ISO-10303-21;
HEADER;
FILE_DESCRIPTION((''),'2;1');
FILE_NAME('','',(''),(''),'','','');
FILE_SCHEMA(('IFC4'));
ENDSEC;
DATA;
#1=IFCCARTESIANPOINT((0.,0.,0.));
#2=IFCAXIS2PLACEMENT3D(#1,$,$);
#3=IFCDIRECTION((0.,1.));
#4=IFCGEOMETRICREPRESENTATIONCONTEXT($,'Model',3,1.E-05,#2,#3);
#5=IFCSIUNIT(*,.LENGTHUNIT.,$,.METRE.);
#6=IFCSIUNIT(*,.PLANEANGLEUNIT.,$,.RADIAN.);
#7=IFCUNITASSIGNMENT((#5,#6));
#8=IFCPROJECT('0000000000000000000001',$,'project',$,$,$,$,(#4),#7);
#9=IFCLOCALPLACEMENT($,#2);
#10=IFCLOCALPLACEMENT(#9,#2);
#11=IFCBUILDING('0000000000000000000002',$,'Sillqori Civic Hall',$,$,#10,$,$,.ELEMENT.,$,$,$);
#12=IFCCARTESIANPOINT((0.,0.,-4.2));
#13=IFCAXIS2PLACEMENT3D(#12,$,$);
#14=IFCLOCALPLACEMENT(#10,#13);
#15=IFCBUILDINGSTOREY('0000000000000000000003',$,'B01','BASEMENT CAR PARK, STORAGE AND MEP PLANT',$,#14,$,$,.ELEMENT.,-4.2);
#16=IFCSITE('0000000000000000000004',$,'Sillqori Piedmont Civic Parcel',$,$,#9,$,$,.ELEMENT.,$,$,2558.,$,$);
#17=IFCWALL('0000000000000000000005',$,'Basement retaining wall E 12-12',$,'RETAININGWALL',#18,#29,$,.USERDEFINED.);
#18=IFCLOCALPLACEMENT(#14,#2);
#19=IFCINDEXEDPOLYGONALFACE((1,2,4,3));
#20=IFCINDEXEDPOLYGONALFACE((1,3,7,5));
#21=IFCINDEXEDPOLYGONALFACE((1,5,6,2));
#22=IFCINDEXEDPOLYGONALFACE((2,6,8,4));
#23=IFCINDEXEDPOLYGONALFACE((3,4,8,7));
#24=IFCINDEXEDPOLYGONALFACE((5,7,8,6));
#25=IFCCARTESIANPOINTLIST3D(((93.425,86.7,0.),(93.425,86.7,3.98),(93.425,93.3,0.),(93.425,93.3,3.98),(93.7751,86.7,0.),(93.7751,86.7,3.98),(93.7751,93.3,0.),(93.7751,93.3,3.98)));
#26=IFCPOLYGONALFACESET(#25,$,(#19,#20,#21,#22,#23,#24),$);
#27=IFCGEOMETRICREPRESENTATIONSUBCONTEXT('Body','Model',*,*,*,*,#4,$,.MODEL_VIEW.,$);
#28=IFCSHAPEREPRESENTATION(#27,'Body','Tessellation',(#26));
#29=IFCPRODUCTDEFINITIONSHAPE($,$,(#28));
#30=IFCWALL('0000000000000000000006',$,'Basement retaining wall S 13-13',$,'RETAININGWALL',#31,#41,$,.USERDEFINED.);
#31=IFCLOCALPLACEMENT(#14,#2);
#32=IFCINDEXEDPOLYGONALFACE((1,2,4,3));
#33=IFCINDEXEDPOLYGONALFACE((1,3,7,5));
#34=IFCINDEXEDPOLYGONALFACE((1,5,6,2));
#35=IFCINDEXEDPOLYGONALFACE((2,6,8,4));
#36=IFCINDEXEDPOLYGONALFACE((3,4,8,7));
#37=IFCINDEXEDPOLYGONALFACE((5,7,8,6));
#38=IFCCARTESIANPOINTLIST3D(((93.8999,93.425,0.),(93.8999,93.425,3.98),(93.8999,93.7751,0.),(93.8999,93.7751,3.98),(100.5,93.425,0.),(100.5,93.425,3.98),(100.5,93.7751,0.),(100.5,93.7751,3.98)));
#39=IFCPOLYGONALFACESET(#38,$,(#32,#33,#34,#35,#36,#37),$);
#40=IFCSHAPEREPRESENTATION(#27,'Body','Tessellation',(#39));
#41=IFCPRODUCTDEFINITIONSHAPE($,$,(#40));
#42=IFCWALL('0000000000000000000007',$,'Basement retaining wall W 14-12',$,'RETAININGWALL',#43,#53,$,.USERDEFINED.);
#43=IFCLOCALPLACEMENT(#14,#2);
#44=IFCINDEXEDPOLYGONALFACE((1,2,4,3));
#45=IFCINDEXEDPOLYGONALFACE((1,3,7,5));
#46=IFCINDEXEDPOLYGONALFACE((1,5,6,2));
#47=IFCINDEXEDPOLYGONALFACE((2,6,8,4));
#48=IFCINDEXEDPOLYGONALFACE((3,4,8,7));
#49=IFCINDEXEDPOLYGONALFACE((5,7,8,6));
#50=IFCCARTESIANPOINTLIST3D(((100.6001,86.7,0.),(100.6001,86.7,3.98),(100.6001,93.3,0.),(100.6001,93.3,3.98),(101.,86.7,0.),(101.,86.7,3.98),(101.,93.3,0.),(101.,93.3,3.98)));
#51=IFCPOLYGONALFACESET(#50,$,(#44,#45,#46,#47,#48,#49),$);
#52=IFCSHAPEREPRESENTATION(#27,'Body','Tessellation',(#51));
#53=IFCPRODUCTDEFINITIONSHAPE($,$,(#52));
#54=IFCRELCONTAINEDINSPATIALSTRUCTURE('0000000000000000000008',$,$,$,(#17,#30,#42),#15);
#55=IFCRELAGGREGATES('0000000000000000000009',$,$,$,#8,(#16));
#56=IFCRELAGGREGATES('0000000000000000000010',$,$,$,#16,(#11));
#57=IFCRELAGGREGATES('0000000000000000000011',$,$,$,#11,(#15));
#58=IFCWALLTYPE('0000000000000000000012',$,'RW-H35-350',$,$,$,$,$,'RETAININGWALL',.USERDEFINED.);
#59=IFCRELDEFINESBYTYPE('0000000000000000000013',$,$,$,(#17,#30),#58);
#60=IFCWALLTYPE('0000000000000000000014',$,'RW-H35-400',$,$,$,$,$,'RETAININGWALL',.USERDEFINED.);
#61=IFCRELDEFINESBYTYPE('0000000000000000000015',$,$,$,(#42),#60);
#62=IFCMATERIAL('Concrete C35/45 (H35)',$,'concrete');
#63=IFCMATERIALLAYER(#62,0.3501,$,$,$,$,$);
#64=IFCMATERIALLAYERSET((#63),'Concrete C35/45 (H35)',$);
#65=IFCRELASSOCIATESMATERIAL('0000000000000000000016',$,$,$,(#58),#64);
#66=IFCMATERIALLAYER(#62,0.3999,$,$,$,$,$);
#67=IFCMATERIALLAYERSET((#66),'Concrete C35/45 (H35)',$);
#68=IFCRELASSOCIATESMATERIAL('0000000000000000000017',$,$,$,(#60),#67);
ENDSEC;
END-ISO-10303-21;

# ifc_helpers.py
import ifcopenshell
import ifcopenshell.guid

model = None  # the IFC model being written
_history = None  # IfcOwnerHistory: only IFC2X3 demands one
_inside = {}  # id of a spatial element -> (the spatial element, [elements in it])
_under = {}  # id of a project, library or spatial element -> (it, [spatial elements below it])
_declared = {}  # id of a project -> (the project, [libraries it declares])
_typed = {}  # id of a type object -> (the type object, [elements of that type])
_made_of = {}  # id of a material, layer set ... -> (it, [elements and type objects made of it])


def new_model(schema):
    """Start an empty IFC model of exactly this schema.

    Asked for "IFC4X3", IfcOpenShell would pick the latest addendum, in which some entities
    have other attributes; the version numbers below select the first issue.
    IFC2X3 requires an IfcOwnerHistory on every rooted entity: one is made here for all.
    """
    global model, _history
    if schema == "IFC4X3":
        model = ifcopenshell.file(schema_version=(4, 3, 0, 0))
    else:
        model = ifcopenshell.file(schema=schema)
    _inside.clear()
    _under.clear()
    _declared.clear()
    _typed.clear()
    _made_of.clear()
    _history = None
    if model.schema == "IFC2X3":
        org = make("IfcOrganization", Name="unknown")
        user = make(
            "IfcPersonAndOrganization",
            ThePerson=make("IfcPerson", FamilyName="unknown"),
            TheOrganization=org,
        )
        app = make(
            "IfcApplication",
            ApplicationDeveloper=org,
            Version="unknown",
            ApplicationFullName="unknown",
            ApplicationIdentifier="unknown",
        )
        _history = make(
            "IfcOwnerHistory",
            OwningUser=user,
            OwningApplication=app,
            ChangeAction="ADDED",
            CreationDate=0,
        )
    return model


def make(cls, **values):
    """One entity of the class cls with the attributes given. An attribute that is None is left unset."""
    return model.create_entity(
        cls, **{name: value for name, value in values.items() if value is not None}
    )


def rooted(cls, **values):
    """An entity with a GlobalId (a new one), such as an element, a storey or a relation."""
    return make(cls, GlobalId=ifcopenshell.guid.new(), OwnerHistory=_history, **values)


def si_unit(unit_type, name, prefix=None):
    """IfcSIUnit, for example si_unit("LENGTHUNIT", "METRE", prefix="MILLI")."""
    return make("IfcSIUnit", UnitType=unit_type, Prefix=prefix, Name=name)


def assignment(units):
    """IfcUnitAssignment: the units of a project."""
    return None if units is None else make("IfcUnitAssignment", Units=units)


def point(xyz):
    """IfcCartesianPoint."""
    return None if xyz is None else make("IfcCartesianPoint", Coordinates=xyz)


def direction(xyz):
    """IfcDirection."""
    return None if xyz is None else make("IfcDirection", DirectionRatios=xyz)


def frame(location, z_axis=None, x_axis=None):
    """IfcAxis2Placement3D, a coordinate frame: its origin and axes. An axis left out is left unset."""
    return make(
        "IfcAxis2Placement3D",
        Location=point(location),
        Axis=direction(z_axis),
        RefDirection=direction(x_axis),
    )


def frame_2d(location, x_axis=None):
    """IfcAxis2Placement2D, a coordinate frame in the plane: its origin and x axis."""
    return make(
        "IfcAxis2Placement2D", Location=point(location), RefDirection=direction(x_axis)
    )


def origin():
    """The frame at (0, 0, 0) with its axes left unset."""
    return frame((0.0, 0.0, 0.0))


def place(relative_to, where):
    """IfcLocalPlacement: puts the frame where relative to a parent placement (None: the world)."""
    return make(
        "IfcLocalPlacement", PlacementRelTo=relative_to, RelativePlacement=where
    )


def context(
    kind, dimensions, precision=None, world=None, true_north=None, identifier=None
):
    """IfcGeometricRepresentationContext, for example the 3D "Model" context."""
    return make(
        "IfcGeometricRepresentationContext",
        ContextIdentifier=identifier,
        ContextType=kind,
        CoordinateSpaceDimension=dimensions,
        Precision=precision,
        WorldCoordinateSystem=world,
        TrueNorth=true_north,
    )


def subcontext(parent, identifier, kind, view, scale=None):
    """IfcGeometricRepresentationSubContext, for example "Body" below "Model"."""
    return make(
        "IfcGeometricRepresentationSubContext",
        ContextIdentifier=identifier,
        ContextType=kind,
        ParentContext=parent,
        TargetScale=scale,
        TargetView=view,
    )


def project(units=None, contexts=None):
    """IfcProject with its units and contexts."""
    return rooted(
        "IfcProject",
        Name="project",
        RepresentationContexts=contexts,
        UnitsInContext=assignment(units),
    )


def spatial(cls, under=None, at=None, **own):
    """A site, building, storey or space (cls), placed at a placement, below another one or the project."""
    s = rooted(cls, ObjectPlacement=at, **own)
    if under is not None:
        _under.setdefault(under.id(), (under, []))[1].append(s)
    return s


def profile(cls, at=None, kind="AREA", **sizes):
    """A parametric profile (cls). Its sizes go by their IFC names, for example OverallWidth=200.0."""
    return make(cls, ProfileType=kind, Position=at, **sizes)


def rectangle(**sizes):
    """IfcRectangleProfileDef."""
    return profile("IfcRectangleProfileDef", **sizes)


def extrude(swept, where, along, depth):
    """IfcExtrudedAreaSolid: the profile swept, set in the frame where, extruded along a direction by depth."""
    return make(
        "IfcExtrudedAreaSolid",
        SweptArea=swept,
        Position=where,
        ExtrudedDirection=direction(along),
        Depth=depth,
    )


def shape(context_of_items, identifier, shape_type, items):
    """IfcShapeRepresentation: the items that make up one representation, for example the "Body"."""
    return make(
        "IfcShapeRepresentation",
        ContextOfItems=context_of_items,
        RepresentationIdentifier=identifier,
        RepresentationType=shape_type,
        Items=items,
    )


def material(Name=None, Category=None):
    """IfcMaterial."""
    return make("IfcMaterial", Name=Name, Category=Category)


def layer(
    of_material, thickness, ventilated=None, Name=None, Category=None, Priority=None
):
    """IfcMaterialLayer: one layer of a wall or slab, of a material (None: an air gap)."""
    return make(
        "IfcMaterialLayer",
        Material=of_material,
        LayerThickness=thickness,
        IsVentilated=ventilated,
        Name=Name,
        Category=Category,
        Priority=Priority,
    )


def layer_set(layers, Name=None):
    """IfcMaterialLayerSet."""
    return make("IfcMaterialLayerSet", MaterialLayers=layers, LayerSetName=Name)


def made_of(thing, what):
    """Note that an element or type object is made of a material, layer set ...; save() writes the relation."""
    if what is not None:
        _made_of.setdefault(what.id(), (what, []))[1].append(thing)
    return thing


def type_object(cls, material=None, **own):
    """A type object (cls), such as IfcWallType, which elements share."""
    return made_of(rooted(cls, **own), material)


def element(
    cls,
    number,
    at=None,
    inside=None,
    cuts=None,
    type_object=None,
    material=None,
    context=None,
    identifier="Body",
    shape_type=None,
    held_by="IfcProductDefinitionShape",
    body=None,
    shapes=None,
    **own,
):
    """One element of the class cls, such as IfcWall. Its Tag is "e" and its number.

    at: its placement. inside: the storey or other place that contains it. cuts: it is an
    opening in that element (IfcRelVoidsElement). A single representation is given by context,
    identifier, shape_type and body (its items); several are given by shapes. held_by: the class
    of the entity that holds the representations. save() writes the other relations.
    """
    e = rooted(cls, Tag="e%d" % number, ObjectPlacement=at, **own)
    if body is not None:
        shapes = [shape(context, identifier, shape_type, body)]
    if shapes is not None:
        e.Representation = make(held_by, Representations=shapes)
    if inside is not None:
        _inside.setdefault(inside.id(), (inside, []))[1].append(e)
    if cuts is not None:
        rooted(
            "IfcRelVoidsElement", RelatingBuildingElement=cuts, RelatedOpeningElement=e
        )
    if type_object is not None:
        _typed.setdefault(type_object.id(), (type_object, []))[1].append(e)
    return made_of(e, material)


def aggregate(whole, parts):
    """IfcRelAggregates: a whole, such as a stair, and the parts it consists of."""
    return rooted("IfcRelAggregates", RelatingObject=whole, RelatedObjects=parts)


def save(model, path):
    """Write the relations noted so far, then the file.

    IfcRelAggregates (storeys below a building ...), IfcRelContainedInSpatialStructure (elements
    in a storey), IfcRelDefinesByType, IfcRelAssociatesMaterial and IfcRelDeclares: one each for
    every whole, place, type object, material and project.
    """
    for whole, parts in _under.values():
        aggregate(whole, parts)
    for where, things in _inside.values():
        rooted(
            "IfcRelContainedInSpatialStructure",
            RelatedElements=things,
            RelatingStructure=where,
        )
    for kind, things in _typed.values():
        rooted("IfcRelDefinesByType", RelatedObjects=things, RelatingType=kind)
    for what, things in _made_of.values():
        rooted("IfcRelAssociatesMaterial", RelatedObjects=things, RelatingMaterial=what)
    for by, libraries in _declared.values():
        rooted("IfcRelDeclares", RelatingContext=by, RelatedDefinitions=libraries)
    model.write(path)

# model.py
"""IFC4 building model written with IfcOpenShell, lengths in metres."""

from ifc_helpers import new_model, si_unit, direction, frame, frame_2d, origin, place, context, subcontext, project, spatial, rectangle, extrude, material, layer, layer_set, type_object, element, save


model = new_model("IFC4")

# Units and contexts
model_context = context("Model", 3, precision=1e-05, world=origin(), true_north=direction((0.0, 1.0)))
body_context = subcontext(model_context, "Body", "Model", "MODEL_VIEW")
ifc_project = project(units=[si_unit("LENGTHUNIT", "METRE"), si_unit("PLANEANGLEUNIT", "RADIAN")], contexts=[model_context])

# Site, building, storey
site_placement = place(None, origin())
site = spatial("IfcSite", under=ifc_project, at=site_placement, Name="Sillqori Piedmont Civic Parcel", CompositionType="ELEMENT", RefElevation=2558.0)
building_placement = place(site_placement, origin())
building = spatial("IfcBuilding", under=site, at=building_placement, Name="Sillqori Civic Hall", CompositionType="ELEMENT")
storey_placement = place(building_placement, frame((0.0, 0.0, -4.2)))
storey = spatial("IfcBuildingStorey", under=building, at=storey_placement, Name="B01", Description="BASEMENT CAR PARK, STORAGE AND MEP PLANT", CompositionType="ELEMENT", Elevation=-4.2)

# Shared definitions
ifc_material_1 = material(Name="Concrete C35/45 (H35)", Category="concrete")

# Walls
ifc_layer_1 = layer(ifc_material_1, 0.3501)
ifc_layer_set_1 = layer_set([ifc_layer_1], Name="Concrete C35/45 (H35)")
wall_type_1 = type_object("IfcWallType", Name="RW-H35-350", ElementType="RETAININGWALL", PredefinedType="USERDEFINED", material=ifc_layer_set_1)
for number, where, z_axis, x_axis, name in (
    (1, (93.6001, 86.7, 0.0), (0.0, 0.0, 1.0), (0.0, 1.0, 0.0), "Basement retaining wall E 12-12"),
    (2, (93.8999, 93.6001, 0.0), (0.0, 0.0, 1.0), (1.0, 0.0, 0.0), "Basement retaining wall S 13-13"),
):
    element("IfcWall", number, at=place(storey_placement, frame(where, z_axis=z_axis, x_axis=x_axis)), inside=storey, type_object=wall_type_1, Name=name, ObjectType="RETAININGWALL", PredefinedType="USERDEFINED", context=body_context, shape_type="SweptSolid", body=[
        extrude(rectangle(XDim=6.6001, YDim=0.3501, at=frame_2d((3.3, 0.0))), origin(), (0.0, 0.0, 1.0), 3.98),
    ])
ifc_layer_2 = layer(ifc_material_1, 0.3999)
ifc_layer_set_2 = layer_set([ifc_layer_2], Name="Concrete C35/45 (H35)")
wall_type_2 = type_object("IfcWallType", Name="RW-H35-400", ElementType="RETAININGWALL", PredefinedType="USERDEFINED", material=ifc_layer_set_2)
wall_placement = place(storey_placement, frame((100.8, 86.7, 0.0), z_axis=(0.0, 0.0, 1.0), x_axis=(0.0, 1.0, 0.0)))
element("IfcWall", 3, at=wall_placement, inside=storey, type_object=wall_type_2, Name="Basement retaining wall W 14-12", ObjectType="RETAININGWALL", PredefinedType="USERDEFINED", context=body_context, shape_type="SweptSolid", body=[
    extrude(rectangle(XDim=6.6001, YDim=0.3999, at=frame_2d((3.3, 0.0))), origin(), (0.0, 0.0, 1.0), 3.98),
])

save(model, "model.ifc")
